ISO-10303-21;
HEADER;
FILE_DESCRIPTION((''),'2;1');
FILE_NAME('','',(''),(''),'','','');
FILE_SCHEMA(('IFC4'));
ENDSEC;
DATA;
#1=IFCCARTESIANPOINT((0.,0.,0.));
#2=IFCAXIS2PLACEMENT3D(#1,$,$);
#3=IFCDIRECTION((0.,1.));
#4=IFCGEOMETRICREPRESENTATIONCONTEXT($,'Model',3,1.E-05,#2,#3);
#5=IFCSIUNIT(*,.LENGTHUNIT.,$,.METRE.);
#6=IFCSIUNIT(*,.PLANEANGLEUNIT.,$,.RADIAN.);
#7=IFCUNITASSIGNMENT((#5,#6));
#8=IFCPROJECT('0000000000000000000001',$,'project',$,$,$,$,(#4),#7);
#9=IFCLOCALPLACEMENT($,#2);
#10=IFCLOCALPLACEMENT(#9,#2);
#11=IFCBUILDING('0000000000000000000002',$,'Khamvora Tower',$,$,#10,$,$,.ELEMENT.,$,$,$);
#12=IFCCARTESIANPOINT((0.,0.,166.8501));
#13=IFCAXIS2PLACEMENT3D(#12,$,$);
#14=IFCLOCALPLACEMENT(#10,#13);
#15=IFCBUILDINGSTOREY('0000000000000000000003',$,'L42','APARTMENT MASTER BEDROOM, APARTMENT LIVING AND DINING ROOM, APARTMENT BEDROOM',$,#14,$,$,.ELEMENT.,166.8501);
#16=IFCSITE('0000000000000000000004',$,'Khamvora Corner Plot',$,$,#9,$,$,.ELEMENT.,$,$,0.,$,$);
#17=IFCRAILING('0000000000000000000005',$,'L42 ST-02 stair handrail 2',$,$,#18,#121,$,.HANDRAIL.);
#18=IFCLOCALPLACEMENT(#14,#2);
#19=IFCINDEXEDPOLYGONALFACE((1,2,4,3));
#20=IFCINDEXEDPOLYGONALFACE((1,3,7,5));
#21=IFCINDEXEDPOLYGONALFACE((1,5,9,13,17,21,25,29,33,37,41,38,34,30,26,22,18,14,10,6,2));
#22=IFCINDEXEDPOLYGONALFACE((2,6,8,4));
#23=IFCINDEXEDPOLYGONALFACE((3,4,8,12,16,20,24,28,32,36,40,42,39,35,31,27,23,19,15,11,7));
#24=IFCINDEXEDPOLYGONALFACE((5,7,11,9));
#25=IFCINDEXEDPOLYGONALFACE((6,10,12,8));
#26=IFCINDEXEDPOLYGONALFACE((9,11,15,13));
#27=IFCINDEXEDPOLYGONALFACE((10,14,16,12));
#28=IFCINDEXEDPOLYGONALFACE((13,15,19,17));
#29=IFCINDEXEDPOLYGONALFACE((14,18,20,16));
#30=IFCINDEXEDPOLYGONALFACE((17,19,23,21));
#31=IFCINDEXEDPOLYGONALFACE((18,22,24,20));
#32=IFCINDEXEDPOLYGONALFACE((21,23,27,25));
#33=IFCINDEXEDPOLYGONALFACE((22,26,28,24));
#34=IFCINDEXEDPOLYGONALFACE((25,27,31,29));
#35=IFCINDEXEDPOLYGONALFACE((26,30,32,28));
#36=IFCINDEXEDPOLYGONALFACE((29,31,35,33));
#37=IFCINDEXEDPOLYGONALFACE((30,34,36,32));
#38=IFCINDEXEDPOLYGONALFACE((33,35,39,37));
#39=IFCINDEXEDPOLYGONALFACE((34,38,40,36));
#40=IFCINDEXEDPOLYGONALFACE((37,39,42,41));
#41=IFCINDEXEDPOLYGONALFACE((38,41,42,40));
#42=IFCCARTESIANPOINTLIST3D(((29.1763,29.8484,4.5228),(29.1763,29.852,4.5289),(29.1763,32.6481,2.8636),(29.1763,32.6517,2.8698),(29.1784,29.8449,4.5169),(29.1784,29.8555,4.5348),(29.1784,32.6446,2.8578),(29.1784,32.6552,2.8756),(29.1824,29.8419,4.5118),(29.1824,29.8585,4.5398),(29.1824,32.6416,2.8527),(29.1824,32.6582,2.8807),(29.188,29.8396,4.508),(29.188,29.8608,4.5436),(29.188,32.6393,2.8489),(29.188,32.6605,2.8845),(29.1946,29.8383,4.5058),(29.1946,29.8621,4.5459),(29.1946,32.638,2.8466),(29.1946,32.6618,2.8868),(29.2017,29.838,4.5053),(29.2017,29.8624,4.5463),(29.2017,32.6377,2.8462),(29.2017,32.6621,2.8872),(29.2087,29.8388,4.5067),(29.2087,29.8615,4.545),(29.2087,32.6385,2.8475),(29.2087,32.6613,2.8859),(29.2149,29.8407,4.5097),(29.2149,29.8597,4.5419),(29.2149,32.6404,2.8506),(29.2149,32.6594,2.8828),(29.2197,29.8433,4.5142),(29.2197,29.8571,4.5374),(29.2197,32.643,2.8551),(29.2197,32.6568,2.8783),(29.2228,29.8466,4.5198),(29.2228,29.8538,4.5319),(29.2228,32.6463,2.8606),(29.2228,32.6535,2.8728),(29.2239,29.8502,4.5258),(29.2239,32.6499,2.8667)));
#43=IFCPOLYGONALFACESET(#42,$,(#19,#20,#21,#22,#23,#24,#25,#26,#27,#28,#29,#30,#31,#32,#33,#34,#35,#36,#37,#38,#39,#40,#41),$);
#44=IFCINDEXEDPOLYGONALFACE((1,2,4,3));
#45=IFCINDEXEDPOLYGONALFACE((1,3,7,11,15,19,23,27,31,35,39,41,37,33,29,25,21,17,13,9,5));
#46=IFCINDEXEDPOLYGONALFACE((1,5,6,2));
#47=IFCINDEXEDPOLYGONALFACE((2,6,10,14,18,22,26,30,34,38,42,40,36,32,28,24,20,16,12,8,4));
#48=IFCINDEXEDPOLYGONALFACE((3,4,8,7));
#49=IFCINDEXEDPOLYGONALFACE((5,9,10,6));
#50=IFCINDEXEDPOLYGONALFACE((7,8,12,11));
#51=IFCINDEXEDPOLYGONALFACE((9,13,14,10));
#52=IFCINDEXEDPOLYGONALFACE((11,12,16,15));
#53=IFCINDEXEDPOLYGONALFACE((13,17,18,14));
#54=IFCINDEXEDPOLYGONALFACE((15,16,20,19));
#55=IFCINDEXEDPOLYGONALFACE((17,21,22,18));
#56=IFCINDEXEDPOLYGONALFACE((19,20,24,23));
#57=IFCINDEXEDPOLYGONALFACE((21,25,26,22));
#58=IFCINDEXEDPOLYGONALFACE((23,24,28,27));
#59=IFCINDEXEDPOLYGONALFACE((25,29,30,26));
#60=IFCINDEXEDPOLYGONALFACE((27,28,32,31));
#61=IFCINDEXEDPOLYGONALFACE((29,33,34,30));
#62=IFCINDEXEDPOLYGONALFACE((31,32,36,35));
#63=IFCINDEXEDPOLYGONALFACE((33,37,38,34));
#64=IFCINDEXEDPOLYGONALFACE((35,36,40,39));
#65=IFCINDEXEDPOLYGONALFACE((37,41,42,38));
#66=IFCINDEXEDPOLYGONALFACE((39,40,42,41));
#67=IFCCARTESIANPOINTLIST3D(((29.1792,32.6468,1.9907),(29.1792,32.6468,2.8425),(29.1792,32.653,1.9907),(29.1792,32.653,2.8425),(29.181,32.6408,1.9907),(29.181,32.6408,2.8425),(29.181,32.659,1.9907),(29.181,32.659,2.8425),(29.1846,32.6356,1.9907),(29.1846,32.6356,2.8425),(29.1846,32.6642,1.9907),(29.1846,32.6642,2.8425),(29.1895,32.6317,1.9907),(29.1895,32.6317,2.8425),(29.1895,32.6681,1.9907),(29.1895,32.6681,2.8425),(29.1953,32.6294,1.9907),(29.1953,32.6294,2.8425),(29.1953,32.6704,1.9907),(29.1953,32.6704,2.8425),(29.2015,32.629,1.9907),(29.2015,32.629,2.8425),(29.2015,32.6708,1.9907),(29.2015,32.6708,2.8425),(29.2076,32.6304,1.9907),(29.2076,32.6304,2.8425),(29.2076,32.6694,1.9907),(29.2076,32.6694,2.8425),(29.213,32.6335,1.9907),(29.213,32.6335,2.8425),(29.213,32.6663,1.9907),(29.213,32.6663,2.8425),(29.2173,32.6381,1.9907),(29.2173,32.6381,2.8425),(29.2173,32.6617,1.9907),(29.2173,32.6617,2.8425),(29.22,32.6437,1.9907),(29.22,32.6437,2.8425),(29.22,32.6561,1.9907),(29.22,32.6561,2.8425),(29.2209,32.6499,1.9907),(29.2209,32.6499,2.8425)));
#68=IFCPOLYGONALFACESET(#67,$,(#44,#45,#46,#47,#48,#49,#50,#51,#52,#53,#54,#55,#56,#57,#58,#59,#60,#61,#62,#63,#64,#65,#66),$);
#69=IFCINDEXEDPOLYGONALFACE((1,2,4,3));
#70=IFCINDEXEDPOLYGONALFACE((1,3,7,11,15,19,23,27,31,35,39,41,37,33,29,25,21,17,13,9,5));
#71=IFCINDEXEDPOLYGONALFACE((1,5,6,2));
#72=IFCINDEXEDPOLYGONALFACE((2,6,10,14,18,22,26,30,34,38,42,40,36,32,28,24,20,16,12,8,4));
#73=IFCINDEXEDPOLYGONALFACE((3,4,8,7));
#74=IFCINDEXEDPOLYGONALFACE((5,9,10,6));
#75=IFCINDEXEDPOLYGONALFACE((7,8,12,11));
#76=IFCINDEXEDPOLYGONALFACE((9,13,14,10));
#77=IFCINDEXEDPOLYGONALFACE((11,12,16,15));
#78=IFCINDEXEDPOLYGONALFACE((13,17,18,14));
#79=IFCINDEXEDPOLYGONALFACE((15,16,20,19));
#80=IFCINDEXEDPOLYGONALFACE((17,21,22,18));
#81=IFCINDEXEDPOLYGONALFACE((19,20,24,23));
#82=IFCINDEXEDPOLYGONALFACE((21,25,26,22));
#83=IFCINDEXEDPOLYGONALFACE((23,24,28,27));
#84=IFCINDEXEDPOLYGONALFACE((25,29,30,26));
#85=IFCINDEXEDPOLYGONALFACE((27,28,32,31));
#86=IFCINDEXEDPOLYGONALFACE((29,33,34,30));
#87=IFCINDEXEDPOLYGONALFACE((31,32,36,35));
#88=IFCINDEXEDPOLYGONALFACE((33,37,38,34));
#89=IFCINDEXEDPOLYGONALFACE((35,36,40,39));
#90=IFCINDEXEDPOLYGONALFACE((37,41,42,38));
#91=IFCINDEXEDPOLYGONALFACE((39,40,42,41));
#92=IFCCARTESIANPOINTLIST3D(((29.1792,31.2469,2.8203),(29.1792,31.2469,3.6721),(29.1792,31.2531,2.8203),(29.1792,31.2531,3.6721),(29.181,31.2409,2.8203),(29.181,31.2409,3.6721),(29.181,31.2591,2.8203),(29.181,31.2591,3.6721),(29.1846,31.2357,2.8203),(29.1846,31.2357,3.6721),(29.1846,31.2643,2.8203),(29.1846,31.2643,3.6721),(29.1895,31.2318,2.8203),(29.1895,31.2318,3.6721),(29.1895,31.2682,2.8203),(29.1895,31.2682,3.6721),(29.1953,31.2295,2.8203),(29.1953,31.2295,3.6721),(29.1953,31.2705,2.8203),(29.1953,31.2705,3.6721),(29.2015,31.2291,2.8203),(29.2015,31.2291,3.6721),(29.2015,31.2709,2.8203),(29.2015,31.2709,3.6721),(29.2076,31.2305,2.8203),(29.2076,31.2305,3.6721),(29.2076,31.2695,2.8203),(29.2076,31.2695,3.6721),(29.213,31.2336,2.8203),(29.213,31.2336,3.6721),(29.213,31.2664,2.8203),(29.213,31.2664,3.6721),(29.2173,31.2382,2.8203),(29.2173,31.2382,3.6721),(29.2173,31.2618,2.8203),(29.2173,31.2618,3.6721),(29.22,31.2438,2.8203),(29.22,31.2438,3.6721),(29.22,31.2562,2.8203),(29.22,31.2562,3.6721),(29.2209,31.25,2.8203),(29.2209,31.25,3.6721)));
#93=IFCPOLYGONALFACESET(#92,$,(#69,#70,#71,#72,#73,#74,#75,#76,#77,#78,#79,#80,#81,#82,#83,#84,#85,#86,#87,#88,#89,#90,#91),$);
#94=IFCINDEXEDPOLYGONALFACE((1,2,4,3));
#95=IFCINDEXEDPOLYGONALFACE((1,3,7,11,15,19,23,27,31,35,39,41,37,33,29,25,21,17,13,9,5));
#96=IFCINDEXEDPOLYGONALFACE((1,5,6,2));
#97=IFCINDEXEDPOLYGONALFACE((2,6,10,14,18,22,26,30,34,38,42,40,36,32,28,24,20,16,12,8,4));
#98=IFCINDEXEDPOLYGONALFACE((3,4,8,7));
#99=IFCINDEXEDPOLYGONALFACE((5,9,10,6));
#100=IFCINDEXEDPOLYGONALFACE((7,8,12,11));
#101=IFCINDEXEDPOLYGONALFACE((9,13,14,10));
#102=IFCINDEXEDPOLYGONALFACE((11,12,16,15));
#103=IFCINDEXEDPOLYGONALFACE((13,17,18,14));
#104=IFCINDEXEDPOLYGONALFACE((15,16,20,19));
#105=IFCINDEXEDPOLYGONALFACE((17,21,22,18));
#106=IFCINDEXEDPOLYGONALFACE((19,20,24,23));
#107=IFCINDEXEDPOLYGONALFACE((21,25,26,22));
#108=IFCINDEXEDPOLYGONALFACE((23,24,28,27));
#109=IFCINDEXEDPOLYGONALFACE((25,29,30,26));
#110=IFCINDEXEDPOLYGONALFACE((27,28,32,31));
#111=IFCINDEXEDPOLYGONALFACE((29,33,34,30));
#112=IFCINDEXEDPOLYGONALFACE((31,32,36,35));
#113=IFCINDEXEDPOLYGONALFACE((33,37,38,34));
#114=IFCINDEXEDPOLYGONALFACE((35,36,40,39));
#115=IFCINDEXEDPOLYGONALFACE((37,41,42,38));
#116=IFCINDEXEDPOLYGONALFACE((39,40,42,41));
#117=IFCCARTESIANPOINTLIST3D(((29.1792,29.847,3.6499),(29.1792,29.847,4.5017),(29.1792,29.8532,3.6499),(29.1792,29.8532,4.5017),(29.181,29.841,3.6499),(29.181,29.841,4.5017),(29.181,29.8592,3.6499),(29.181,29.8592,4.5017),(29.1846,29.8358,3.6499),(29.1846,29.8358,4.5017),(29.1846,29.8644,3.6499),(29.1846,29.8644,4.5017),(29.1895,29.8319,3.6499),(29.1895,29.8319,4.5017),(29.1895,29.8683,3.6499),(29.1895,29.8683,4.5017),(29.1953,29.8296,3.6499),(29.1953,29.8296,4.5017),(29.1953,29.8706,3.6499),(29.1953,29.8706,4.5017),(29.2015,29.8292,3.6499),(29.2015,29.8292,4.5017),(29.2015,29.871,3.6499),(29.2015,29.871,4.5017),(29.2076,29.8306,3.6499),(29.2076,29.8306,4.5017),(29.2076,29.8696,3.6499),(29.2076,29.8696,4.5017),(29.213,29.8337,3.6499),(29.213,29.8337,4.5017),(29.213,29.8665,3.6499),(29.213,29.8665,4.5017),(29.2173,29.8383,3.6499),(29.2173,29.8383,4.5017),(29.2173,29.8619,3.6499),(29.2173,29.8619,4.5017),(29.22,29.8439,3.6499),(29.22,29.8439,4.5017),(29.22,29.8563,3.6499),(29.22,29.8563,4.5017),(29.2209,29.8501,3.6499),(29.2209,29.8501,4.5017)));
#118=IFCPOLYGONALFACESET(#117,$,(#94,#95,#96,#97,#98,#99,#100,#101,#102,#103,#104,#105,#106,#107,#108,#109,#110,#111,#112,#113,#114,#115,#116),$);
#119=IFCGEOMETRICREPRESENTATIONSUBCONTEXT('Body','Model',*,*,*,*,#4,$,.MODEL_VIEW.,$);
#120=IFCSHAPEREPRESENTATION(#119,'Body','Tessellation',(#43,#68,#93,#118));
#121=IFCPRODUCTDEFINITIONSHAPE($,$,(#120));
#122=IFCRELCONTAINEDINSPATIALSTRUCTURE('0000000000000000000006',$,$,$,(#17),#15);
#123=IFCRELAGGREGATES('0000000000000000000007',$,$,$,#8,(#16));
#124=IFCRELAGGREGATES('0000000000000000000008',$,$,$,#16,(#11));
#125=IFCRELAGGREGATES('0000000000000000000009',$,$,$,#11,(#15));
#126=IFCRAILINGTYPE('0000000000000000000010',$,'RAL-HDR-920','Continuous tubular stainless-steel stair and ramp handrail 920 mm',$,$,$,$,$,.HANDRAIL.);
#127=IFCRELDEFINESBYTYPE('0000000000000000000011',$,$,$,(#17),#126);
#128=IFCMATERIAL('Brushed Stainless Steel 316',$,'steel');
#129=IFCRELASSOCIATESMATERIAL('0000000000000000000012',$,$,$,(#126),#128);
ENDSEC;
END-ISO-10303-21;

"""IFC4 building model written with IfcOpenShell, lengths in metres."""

from ifc_helpers import new_model, si_unit, direction, frame, origin, origin_2d, place, context, subcontext, project, spatial, circle, extrude, material, type_object, element, save


model = new_model("IFC4")

# Units and contexts
model_context = context("Model", 3, precision=1e-05, world=origin(), true_north=direction((0.0, 1.0)))
body_context = subcontext(model_context, "Body", "Model", "MODEL_VIEW")
ifc_project = project(units=[si_unit("LENGTHUNIT", "METRE"), si_unit("PLANEANGLEUNIT", "RADIAN")], contexts=[model_context])

# Site, building, storey
site_placement = place(None, origin())
site = spatial("IfcSite", under=ifc_project, at=site_placement, Name="Khamvora Corner Plot", CompositionType="ELEMENT", RefElevation=0.0)
building_placement = place(site_placement, origin())
building = spatial("IfcBuilding", under=site, at=building_placement, Name="Khamvora Tower", CompositionType="ELEMENT")
storey_placement = place(building_placement, frame((0.0, 0.0, 166.8501)))
storey = spatial("IfcBuildingStorey", under=building, at=storey_placement, Name="L42", Description="APARTMENT MASTER BEDROOM, APARTMENT LIVING AND DINING ROOM, APARTMENT BEDROOM", CompositionType="ELEMENT", Elevation=166.8501)

# Railing
ifc_material_1 = material(Name="Brushed Stainless Steel 316", Category="steel")
railing_type_1 = type_object("IfcRailingType", Name="RAL-HDR-920", Description="Continuous tubular stainless-steel stair and ramp handrail 920 mm", PredefinedType="HANDRAIL", material=ifc_material_1)
railing_1_placement = place(storey_placement, frame((29.2, 32.6499, 1.9907)))
element("IfcRailing", 1, at=railing_1_placement, inside=storey, type_object=railing_type_1, Name="L42 ST-02 stair handrail 2", PredefinedType="HANDRAIL", context=body_context, shape_type="SweptSolid", body=[
    extrude(circle(Radius=0.0239, at=origin_2d()), frame((0.0, 0.0, 0.876), z_axis=(0.0, -0.860287, 0.509811), x_axis=(1.0, 0.0, 0.0)), (0.0, 0.0, 1.0), 3.2544),
    extrude(circle(Radius=0.021, at=origin_2d()), origin(), (0.0, 0.0, 1.0), 0.8518),
    extrude(circle(Radius=0.021, at=origin_2d()), frame((0.0, -1.3999, 0.8296)), (0.0, 0.0, 1.0), 0.8518),
    extrude(circle(Radius=0.021, at=origin_2d()), frame((0.0, -2.7998, 1.6592)), (0.0, 0.0, 1.0), 0.8518),
])

save(model, "model.ifc")
